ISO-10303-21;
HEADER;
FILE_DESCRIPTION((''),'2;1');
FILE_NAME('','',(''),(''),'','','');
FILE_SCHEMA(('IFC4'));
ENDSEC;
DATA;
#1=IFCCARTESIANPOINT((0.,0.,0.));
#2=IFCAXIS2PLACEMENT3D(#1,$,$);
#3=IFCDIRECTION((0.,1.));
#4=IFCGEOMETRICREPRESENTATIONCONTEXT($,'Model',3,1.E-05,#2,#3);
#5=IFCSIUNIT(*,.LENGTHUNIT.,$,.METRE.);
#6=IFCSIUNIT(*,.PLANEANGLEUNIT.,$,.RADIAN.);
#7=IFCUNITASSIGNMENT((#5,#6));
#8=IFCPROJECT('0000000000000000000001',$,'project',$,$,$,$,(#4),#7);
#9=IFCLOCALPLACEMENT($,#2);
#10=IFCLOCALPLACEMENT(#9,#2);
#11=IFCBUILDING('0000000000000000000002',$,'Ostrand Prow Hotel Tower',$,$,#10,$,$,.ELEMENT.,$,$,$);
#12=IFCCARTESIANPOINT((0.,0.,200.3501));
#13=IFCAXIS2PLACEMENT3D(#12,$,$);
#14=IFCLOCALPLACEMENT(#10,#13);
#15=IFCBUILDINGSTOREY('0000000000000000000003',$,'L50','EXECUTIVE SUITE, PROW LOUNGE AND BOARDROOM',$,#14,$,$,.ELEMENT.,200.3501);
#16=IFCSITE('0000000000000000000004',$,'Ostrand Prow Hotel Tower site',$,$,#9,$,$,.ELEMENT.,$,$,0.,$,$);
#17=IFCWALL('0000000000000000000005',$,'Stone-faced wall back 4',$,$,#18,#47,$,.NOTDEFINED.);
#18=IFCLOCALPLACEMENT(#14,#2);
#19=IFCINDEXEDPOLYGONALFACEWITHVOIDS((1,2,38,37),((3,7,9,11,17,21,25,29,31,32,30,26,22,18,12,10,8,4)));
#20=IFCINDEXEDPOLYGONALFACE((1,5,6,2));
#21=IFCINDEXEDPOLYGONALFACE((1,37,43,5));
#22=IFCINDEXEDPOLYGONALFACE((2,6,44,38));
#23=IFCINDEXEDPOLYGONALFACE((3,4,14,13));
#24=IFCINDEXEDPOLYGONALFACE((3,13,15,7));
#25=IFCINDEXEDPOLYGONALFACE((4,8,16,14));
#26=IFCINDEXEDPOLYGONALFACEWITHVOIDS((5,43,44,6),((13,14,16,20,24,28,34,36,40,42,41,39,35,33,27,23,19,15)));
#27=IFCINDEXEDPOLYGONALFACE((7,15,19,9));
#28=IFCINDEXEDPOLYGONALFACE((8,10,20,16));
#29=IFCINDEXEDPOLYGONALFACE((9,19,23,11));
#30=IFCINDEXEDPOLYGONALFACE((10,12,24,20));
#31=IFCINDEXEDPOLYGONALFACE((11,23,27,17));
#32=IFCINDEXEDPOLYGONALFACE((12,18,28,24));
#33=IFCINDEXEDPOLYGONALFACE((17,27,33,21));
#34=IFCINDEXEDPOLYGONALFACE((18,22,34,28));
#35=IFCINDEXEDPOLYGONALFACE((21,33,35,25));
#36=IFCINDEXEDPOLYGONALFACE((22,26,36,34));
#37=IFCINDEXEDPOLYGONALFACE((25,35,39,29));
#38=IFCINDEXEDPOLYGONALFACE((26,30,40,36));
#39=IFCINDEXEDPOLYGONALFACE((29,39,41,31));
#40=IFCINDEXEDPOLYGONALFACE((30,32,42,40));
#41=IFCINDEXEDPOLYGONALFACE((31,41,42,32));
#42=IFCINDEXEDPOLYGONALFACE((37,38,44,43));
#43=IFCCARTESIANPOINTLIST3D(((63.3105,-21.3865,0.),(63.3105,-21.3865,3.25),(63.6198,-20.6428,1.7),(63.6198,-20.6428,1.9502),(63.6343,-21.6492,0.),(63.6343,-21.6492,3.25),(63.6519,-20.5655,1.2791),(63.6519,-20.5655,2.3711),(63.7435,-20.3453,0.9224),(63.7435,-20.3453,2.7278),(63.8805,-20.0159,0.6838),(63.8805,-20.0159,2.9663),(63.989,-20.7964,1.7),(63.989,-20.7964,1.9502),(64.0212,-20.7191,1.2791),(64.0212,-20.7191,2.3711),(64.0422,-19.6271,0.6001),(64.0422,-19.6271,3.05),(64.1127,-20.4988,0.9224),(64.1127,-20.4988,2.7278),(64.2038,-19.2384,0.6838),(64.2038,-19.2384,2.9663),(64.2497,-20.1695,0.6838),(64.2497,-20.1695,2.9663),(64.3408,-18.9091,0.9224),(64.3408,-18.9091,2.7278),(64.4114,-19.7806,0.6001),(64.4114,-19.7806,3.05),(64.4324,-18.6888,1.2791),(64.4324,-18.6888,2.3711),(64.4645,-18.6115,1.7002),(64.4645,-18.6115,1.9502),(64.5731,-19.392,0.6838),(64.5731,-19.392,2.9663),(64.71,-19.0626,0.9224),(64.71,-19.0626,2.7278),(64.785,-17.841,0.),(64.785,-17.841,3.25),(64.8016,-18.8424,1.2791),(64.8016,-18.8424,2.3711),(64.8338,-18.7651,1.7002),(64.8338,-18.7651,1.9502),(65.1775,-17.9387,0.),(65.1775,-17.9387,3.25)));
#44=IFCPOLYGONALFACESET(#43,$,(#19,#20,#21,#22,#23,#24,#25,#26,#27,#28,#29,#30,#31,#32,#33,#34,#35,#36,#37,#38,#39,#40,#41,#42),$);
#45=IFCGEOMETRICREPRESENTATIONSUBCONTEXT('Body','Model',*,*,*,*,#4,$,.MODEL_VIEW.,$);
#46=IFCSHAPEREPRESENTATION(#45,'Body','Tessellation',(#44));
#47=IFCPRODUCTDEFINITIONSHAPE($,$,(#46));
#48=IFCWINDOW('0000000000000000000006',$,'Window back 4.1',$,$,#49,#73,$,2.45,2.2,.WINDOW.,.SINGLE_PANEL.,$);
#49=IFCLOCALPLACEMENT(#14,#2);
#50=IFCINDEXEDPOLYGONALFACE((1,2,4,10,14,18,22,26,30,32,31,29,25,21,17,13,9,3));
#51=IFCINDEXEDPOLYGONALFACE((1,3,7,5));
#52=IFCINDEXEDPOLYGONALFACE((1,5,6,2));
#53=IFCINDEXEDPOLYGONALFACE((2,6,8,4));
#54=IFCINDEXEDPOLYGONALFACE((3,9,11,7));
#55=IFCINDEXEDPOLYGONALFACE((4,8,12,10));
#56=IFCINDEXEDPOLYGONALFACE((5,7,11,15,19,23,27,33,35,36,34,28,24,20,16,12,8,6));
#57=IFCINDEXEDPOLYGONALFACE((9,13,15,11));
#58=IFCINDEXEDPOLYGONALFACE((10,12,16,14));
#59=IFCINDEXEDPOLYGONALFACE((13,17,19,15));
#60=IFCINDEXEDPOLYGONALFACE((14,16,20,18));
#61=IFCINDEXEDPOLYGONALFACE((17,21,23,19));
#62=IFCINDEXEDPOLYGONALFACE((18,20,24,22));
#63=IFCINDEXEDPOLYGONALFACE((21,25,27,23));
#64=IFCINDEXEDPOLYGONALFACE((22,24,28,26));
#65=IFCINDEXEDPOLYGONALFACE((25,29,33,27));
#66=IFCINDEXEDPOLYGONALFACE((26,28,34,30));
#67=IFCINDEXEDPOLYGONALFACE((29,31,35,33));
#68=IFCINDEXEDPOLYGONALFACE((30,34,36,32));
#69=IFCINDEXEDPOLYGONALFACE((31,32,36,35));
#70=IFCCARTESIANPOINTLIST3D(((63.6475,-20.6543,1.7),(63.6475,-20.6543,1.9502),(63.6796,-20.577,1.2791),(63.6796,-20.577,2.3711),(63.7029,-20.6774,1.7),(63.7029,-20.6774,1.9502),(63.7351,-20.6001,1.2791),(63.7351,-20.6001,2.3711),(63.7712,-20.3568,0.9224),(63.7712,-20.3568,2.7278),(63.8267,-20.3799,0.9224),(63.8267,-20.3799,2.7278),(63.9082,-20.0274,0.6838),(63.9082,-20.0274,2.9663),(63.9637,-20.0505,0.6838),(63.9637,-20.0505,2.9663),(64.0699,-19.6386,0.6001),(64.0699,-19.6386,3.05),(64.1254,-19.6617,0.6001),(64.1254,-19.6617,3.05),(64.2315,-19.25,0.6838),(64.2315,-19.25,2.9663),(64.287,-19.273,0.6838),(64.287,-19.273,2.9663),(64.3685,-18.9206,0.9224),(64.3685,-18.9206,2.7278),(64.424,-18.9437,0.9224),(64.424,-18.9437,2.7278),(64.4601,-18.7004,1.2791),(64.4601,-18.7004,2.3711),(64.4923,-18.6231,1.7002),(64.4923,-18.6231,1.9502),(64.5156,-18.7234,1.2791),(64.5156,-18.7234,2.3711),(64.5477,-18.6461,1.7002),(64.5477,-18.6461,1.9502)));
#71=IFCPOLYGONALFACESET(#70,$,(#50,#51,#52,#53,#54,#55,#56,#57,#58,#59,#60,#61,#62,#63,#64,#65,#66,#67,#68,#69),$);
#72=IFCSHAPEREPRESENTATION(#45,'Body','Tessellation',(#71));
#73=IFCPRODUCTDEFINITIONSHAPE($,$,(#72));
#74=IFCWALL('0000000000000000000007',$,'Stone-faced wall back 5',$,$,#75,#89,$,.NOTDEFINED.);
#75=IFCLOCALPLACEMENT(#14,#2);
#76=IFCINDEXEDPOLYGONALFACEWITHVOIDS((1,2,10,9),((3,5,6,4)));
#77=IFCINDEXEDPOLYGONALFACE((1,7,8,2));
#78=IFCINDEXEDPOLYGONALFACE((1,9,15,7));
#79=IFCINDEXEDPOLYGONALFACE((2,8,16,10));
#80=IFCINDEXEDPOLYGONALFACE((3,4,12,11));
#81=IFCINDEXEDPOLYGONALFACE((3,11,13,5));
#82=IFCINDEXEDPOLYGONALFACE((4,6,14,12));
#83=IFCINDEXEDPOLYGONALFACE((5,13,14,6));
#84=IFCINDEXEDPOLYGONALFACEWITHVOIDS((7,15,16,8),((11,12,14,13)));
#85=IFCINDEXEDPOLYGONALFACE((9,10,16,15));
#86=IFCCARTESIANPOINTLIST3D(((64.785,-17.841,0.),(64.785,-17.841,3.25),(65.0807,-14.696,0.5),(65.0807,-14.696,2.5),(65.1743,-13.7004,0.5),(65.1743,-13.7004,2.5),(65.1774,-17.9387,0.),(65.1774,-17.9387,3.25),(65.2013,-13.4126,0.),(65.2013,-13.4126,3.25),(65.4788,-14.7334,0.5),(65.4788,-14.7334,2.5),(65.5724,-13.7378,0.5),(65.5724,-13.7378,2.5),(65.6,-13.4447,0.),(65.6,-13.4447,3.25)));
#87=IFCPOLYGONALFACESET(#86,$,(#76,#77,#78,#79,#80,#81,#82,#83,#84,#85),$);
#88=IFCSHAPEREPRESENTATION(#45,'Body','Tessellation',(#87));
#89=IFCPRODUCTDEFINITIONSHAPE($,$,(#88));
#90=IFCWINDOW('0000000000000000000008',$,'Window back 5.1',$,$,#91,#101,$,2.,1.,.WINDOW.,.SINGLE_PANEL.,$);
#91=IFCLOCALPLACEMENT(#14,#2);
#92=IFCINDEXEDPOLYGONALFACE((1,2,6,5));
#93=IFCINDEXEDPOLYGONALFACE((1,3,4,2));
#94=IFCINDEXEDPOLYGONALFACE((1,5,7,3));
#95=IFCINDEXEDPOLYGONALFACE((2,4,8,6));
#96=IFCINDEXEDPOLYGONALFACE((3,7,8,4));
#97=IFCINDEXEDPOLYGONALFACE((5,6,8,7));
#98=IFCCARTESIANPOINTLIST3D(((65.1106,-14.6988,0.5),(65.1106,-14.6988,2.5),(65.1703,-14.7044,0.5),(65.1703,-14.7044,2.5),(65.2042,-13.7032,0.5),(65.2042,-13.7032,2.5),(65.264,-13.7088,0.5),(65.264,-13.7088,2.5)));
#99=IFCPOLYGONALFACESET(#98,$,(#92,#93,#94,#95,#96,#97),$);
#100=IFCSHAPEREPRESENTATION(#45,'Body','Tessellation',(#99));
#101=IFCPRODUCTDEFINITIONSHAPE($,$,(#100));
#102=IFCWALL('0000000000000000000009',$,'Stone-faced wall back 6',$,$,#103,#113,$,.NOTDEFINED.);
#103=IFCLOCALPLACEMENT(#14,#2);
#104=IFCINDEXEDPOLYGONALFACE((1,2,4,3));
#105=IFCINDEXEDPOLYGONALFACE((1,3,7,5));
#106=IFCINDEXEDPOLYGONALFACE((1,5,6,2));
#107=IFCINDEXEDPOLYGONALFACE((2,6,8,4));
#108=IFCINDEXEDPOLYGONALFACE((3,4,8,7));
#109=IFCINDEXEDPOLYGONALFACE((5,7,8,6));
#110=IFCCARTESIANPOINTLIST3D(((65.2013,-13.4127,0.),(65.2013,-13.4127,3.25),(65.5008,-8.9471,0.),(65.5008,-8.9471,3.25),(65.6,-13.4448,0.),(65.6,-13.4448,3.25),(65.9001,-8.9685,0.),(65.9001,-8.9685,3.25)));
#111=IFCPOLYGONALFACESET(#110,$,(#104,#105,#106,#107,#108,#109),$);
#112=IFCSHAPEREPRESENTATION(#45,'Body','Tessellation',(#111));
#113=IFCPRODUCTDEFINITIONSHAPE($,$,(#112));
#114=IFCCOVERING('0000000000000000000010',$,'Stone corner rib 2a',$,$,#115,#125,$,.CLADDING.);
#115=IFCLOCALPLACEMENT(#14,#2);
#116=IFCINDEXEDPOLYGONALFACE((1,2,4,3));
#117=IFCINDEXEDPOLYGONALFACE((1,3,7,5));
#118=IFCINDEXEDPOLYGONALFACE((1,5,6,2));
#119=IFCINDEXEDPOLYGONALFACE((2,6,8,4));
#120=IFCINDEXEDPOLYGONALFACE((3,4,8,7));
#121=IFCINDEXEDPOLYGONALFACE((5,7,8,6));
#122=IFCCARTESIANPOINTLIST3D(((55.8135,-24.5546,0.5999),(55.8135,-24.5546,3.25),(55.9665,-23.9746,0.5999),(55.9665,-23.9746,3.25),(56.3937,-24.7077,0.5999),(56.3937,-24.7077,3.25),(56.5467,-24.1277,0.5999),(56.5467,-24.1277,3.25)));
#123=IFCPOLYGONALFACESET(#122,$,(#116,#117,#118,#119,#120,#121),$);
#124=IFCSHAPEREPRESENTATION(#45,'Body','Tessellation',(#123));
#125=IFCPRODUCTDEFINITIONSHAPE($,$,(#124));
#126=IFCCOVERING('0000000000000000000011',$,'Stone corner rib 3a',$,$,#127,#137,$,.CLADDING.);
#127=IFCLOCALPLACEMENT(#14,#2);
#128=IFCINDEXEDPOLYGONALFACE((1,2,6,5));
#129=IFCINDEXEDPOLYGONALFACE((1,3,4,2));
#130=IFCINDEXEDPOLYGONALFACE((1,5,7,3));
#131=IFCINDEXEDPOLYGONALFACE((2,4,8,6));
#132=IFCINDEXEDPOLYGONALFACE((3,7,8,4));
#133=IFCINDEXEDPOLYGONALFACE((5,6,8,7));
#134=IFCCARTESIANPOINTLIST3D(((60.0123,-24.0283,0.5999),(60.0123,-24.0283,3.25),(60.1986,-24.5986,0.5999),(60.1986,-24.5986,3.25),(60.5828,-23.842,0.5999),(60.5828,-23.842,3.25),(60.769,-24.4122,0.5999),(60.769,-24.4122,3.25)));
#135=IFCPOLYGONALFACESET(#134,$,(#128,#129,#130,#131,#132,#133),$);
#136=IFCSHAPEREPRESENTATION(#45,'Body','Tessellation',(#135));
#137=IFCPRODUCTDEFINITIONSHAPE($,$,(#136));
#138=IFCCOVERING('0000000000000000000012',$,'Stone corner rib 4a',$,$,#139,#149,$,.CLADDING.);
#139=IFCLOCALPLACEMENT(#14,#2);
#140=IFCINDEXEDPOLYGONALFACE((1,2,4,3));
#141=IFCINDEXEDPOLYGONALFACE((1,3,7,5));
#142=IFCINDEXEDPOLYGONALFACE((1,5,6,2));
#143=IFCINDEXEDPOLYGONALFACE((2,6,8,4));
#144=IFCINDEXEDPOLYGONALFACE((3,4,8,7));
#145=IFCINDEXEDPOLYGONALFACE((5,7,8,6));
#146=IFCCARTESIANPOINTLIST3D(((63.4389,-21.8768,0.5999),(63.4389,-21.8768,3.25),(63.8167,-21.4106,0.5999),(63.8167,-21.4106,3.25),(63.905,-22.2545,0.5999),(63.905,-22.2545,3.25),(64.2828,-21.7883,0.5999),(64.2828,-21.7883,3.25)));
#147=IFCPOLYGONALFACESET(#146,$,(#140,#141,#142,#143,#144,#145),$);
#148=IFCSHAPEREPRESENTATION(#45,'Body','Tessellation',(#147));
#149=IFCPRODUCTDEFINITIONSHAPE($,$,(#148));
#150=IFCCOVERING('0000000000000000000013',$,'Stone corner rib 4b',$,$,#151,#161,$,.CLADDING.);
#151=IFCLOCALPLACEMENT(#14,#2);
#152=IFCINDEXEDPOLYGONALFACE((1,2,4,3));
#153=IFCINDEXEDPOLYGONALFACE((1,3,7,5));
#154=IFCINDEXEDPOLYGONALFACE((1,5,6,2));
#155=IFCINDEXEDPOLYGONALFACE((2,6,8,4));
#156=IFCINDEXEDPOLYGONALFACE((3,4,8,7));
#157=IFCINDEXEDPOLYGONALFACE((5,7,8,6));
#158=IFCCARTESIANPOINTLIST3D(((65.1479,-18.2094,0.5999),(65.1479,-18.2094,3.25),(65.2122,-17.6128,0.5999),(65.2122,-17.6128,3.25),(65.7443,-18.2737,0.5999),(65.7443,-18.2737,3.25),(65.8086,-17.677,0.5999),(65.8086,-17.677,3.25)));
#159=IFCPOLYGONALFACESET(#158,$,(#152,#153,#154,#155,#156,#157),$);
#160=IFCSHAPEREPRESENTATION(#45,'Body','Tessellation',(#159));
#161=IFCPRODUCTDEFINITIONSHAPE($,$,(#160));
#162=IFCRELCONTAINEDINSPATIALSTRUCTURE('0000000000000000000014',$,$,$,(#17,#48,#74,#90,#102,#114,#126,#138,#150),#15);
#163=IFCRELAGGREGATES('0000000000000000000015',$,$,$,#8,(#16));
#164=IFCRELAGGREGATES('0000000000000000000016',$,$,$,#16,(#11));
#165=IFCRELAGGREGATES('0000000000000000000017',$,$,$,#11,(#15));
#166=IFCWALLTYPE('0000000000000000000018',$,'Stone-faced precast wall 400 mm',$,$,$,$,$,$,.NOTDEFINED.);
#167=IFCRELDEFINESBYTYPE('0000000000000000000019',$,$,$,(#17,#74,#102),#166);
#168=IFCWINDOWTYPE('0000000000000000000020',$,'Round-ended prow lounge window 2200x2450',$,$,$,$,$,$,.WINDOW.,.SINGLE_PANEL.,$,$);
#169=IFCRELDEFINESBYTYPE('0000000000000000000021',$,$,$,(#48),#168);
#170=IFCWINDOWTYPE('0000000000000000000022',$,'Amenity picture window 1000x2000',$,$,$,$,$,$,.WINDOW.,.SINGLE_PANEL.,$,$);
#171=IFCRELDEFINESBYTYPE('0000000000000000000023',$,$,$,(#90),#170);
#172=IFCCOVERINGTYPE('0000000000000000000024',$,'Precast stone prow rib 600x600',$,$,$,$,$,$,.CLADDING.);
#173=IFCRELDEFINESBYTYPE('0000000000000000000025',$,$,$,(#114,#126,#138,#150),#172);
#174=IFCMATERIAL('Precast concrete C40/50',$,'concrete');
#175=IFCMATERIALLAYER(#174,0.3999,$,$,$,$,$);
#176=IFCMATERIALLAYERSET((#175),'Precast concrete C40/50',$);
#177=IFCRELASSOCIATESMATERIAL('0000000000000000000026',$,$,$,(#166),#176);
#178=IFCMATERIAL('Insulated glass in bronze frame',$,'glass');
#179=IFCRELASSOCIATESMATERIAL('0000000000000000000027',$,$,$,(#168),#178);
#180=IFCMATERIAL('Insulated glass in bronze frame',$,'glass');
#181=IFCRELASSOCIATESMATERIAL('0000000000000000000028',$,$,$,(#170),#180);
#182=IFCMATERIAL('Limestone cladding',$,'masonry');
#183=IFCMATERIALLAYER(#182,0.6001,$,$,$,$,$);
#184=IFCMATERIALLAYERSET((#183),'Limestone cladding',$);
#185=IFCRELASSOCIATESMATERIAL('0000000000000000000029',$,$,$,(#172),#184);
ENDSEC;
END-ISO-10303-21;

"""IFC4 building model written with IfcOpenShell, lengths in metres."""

from ifc_helpers import new_model, si_unit, direction, frame, frame_2d, origin, place, context, subcontext, project, spatial, polyline, rectangle, outline, extrude, material, layer, layer_set, type_object, element, fill, save


model = new_model("IFC4")

# Units and contexts
model_context = context("Model", 3, precision=1e-05, world=origin(), true_north=direction((0.0, 1.0)))
body_context = subcontext(model_context, "Body", "Model", "MODEL_VIEW")
ifc_project = project(units=[si_unit("LENGTHUNIT", "METRE"), si_unit("PLANEANGLEUNIT", "RADIAN")], contexts=[model_context])

# Site, building, storey
site_placement = place(None, origin())
site = spatial("IfcSite", under=ifc_project, at=site_placement, Name="Ostrand Prow Hotel Tower site", CompositionType="ELEMENT", RefElevation=0.0)
building_placement = place(site_placement, origin())
building = spatial("IfcBuilding", under=site, at=building_placement, Name="Ostrand Prow Hotel Tower", CompositionType="ELEMENT")
storey_placement = place(building_placement, frame((0.0, 0.0, 200.3501)))
storey = spatial("IfcBuildingStorey", under=building, at=storey_placement, Name="L50", Description="EXECUTIVE SUITE, PROW LOUNGE AND BOARDROOM", CompositionType="ELEMENT", Elevation=200.3501)

# Walls, openings, windows
ifc_material_1 = material(Name="Precast concrete C40/50", Category="concrete")
ifc_layer_1 = layer(ifc_material_1, 0.3999)
ifc_layer_set_1 = layer_set([ifc_layer_1], Name="Precast concrete C40/50")
wall_type_1 = type_object("IfcWallType", Name="Stone-faced precast wall 400 mm", PredefinedType="NOTDEFINED", material=ifc_layer_set_1)
ifc_material_2 = material(Name="Insulated glass in bronze frame", Category="glass")
window_type_1 = type_object("IfcWindowType", Name="Round-ended prow lounge window 2200x2450", PartitioningType="SINGLE_PANEL", PredefinedType="WINDOW", material=ifc_material_2)
wall_1_placement = place(storey_placement, frame((63.4724, -21.5178, 0.0), z_axis=(0.0, 0.0, 1.0), x_axis=(0.383998, 0.923334, 0.0)))
wall_1 = element("IfcWall", 1, at=wall_1_placement, inside=storey, type_object=wall_type_1, Name="Stone-faced wall back 4", PredefinedType="NOTDEFINED", context=body_context, shape_type="SweptSolid", body=[
    extrude(outline(polyline([(-0.0591, -0.2), (3.9595, -0.2), (3.8989, 0.2), (0.0591, 0.2), (-0.0591, -0.2)])), origin(), (0.0, 0.0, 1.0), 3.25),
])
opening_1_placement = place(wall_1_placement, frame((0.8645, 0.0, 0.6001)))
opening_1 = element("IfcOpeningElement", 2, at=opening_1_placement, cuts=wall_1, PredefinedType="OPENING", context=body_context, shape_type="SweptSolid", body=[
    extrude(outline(polyline([(0.0, 1.3501), (0.0837, 1.771), (0.3223, 2.1277), (0.679, 2.3662), (1.1001, 2.45), (1.521, 2.3662), (1.8777, 2.1277), (2.1162, 1.771), (2.2, 1.3501), (2.2, 1.1001), (2.1162, 0.679), (1.8777, 0.3223), (1.521, 0.0837), (1.1001, 0.0), (0.679, 0.0837), (0.3223, 0.3223), (0.0837, 0.679), (0.0, 1.0999), (0.0, 1.3501)])), frame((0.0, 0.21, 0.0), z_axis=(0.0, -1.0, 0.0), x_axis=(1.0, 0.0, 0.0)), (0.0, 0.0, 1.0), 0.4199),
])
window_1_placement = place(opening_1_placement, origin())
window_1 = element("IfcWindow", 3, at=window_1_placement, inside=storey, type_object=window_type_1, Name="Window back 4.1", OverallHeight=2.45, OverallWidth=2.2, PartitioningType="SINGLE_PANEL", PredefinedType="WINDOW", context=body_context, shape_type="SweptSolid", body=[
    extrude(outline(polyline([(0.0, 1.3501), (0.0837, 1.771), (0.3223, 2.1277), (0.679, 2.3662), (1.1001, 2.45), (1.521, 2.3662), (1.8777, 2.1277), (2.1162, 1.771), (2.2, 1.3501), (2.2, 1.1001), (2.1162, 0.679), (1.8777, 0.3223), (1.521, 0.0837), (1.1001, 0.0), (0.679, 0.0837), (0.3223, 0.3223), (0.0837, 0.679), (0.0, 1.0999), (0.0, 1.3501)])), frame((0.0, 0.1699, 0.0), z_axis=(0.0, -1.0, 0.0), x_axis=(1.0, 0.0, 0.0)), (0.0, 0.0, 1.0), 0.0601),
])
fill(opening_1, window_1)
wall_2_placement = place(storey_placement, frame((64.9812, -17.8899, 0.0), z_axis=(0.0, 0.0, 1.0), x_axis=(0.093606, 0.995609, 0.0)))
wall_2 = element("IfcWall", 4, at=wall_2_placement, inside=storey, type_object=wall_type_1, Name="Stone-faced wall back 5", PredefinedType="NOTDEFINED", context=body_context, shape_type="SweptSolid", body=[
    extrude(outline(polyline([(-0.0303, -0.2), (4.4836, -0.2), (4.4783, 0.2), (0.0303, 0.2), (-0.0303, -0.2)])), origin(), (0.0, 0.0, 1.0), 3.25),
])
opening_2_placement = place(wall_2_placement, frame((3.1892, 0.0, 0.5)))
opening_2 = element("IfcOpeningElement", 5, at=opening_2_placement, cuts=wall_2, PredefinedType="OPENING", context=body_context, shape_type="SweptSolid", body=[
    extrude(rectangle(XDim=1.0, YDim=2.0, at=frame_2d((0.5, 1.0))), frame((0.0, 0.21, 0.0), z_axis=(0.0, -1.0, 0.0), x_axis=(1.0, 0.0, 0.0)), (0.0, 0.0, 1.0), 0.4199),
])
ifc_material_3 = material(Name="Insulated glass in bronze frame", Category="glass")
window_type_2 = type_object("IfcWindowType", Name="Amenity picture window 1000x2000", PartitioningType="SINGLE_PANEL", PredefinedType="WINDOW", material=ifc_material_3)
window_2_placement = place(opening_2_placement, origin())
window_2 = element("IfcWindow", 6, at=window_2_placement, inside=storey, type_object=window_type_2, Name="Window back 5.1", OverallHeight=2.0, OverallWidth=1.0, PartitioningType="SINGLE_PANEL", PredefinedType="WINDOW", context=body_context, shape_type="SweptSolid", body=[
    extrude(rectangle(XDim=1.0, YDim=2.0, at=frame_2d((0.5, 1.0))), frame((0.0, 0.1699, 0.0), z_axis=(0.0, -1.0, 0.0), x_axis=(1.0, 0.0, 0.0)), (0.0, 0.0, 1.0), 0.0601),
])
fill(opening_2, window_2)

# Wall
wall_3_placement = place(storey_placement, frame((65.4006, -13.4287, 0.0), z_axis=(0.0, 0.0, 1.0), x_axis=(0.066906, 0.997759, 0.0)))
element("IfcWall", 7, at=wall_3_placement, inside=storey, type_object=wall_type_1, Name="Stone-faced wall back 6", PredefinedType="NOTDEFINED", context=body_context, shape_type="SweptSolid", body=[
    extrude(outline(polyline([(-0.0027, -0.2), (4.4836, -0.2), (4.4783, 0.2), (0.0027, 0.2), (-0.0027, -0.2)])), origin(), (0.0, 0.0, 1.0), 3.25),
])

# Coverings
ifc_material_4 = material(Name="Limestone cladding", Category="masonry")
ifc_layer_2 = layer(ifc_material_4, 0.6001)
ifc_layer_set_2 = layer_set([ifc_layer_2], Name="Limestone cladding")
covering_type = type_object("IfcCoveringType", Name="Precast stone prow rib 600x600", PredefinedType="CLADDING", material=ifc_layer_set_2)
for number, where, z_axis, x_axis, name in (
    (8, (56.2566, -24.0513, 0.5999), (0.0, 0.0, 1.0), (-0.255154, -0.9669, 0.0), "Stone corner rib 2a"),
    (9, (60.2976, -23.9353, 0.5999), (0.0, 0.0, 1.0), (0.310484, -0.950578, 0.0), "Stone corner rib 3a"),
    (10, (63.6279, -21.6438, 0.5999), (0.0, 0.0, 1.0), (0.776923, -0.629596, 0.0), "Stone corner rib 4a"),
    (11, (65.1802, -17.9111, 0.5999), (0.0, 0.0, 1.0), (0.994255, -0.107036, 0.0), "Stone corner rib 4b"),
):
    element("IfcCovering", number, at=place(storey_placement, frame(where, z_axis=z_axis, x_axis=x_axis)), inside=storey, type_object=covering_type, Name=name, PredefinedType="CLADDING", context=body_context, shape_type="SweptSolid", body=[
        extrude(rectangle(XDim=0.5999, YDim=0.6001, at=frame_2d((0.2998, 0.0))), origin(), (0.0, 0.0, 1.0), 2.6501),
    ])

save(model, "model.ifc")
